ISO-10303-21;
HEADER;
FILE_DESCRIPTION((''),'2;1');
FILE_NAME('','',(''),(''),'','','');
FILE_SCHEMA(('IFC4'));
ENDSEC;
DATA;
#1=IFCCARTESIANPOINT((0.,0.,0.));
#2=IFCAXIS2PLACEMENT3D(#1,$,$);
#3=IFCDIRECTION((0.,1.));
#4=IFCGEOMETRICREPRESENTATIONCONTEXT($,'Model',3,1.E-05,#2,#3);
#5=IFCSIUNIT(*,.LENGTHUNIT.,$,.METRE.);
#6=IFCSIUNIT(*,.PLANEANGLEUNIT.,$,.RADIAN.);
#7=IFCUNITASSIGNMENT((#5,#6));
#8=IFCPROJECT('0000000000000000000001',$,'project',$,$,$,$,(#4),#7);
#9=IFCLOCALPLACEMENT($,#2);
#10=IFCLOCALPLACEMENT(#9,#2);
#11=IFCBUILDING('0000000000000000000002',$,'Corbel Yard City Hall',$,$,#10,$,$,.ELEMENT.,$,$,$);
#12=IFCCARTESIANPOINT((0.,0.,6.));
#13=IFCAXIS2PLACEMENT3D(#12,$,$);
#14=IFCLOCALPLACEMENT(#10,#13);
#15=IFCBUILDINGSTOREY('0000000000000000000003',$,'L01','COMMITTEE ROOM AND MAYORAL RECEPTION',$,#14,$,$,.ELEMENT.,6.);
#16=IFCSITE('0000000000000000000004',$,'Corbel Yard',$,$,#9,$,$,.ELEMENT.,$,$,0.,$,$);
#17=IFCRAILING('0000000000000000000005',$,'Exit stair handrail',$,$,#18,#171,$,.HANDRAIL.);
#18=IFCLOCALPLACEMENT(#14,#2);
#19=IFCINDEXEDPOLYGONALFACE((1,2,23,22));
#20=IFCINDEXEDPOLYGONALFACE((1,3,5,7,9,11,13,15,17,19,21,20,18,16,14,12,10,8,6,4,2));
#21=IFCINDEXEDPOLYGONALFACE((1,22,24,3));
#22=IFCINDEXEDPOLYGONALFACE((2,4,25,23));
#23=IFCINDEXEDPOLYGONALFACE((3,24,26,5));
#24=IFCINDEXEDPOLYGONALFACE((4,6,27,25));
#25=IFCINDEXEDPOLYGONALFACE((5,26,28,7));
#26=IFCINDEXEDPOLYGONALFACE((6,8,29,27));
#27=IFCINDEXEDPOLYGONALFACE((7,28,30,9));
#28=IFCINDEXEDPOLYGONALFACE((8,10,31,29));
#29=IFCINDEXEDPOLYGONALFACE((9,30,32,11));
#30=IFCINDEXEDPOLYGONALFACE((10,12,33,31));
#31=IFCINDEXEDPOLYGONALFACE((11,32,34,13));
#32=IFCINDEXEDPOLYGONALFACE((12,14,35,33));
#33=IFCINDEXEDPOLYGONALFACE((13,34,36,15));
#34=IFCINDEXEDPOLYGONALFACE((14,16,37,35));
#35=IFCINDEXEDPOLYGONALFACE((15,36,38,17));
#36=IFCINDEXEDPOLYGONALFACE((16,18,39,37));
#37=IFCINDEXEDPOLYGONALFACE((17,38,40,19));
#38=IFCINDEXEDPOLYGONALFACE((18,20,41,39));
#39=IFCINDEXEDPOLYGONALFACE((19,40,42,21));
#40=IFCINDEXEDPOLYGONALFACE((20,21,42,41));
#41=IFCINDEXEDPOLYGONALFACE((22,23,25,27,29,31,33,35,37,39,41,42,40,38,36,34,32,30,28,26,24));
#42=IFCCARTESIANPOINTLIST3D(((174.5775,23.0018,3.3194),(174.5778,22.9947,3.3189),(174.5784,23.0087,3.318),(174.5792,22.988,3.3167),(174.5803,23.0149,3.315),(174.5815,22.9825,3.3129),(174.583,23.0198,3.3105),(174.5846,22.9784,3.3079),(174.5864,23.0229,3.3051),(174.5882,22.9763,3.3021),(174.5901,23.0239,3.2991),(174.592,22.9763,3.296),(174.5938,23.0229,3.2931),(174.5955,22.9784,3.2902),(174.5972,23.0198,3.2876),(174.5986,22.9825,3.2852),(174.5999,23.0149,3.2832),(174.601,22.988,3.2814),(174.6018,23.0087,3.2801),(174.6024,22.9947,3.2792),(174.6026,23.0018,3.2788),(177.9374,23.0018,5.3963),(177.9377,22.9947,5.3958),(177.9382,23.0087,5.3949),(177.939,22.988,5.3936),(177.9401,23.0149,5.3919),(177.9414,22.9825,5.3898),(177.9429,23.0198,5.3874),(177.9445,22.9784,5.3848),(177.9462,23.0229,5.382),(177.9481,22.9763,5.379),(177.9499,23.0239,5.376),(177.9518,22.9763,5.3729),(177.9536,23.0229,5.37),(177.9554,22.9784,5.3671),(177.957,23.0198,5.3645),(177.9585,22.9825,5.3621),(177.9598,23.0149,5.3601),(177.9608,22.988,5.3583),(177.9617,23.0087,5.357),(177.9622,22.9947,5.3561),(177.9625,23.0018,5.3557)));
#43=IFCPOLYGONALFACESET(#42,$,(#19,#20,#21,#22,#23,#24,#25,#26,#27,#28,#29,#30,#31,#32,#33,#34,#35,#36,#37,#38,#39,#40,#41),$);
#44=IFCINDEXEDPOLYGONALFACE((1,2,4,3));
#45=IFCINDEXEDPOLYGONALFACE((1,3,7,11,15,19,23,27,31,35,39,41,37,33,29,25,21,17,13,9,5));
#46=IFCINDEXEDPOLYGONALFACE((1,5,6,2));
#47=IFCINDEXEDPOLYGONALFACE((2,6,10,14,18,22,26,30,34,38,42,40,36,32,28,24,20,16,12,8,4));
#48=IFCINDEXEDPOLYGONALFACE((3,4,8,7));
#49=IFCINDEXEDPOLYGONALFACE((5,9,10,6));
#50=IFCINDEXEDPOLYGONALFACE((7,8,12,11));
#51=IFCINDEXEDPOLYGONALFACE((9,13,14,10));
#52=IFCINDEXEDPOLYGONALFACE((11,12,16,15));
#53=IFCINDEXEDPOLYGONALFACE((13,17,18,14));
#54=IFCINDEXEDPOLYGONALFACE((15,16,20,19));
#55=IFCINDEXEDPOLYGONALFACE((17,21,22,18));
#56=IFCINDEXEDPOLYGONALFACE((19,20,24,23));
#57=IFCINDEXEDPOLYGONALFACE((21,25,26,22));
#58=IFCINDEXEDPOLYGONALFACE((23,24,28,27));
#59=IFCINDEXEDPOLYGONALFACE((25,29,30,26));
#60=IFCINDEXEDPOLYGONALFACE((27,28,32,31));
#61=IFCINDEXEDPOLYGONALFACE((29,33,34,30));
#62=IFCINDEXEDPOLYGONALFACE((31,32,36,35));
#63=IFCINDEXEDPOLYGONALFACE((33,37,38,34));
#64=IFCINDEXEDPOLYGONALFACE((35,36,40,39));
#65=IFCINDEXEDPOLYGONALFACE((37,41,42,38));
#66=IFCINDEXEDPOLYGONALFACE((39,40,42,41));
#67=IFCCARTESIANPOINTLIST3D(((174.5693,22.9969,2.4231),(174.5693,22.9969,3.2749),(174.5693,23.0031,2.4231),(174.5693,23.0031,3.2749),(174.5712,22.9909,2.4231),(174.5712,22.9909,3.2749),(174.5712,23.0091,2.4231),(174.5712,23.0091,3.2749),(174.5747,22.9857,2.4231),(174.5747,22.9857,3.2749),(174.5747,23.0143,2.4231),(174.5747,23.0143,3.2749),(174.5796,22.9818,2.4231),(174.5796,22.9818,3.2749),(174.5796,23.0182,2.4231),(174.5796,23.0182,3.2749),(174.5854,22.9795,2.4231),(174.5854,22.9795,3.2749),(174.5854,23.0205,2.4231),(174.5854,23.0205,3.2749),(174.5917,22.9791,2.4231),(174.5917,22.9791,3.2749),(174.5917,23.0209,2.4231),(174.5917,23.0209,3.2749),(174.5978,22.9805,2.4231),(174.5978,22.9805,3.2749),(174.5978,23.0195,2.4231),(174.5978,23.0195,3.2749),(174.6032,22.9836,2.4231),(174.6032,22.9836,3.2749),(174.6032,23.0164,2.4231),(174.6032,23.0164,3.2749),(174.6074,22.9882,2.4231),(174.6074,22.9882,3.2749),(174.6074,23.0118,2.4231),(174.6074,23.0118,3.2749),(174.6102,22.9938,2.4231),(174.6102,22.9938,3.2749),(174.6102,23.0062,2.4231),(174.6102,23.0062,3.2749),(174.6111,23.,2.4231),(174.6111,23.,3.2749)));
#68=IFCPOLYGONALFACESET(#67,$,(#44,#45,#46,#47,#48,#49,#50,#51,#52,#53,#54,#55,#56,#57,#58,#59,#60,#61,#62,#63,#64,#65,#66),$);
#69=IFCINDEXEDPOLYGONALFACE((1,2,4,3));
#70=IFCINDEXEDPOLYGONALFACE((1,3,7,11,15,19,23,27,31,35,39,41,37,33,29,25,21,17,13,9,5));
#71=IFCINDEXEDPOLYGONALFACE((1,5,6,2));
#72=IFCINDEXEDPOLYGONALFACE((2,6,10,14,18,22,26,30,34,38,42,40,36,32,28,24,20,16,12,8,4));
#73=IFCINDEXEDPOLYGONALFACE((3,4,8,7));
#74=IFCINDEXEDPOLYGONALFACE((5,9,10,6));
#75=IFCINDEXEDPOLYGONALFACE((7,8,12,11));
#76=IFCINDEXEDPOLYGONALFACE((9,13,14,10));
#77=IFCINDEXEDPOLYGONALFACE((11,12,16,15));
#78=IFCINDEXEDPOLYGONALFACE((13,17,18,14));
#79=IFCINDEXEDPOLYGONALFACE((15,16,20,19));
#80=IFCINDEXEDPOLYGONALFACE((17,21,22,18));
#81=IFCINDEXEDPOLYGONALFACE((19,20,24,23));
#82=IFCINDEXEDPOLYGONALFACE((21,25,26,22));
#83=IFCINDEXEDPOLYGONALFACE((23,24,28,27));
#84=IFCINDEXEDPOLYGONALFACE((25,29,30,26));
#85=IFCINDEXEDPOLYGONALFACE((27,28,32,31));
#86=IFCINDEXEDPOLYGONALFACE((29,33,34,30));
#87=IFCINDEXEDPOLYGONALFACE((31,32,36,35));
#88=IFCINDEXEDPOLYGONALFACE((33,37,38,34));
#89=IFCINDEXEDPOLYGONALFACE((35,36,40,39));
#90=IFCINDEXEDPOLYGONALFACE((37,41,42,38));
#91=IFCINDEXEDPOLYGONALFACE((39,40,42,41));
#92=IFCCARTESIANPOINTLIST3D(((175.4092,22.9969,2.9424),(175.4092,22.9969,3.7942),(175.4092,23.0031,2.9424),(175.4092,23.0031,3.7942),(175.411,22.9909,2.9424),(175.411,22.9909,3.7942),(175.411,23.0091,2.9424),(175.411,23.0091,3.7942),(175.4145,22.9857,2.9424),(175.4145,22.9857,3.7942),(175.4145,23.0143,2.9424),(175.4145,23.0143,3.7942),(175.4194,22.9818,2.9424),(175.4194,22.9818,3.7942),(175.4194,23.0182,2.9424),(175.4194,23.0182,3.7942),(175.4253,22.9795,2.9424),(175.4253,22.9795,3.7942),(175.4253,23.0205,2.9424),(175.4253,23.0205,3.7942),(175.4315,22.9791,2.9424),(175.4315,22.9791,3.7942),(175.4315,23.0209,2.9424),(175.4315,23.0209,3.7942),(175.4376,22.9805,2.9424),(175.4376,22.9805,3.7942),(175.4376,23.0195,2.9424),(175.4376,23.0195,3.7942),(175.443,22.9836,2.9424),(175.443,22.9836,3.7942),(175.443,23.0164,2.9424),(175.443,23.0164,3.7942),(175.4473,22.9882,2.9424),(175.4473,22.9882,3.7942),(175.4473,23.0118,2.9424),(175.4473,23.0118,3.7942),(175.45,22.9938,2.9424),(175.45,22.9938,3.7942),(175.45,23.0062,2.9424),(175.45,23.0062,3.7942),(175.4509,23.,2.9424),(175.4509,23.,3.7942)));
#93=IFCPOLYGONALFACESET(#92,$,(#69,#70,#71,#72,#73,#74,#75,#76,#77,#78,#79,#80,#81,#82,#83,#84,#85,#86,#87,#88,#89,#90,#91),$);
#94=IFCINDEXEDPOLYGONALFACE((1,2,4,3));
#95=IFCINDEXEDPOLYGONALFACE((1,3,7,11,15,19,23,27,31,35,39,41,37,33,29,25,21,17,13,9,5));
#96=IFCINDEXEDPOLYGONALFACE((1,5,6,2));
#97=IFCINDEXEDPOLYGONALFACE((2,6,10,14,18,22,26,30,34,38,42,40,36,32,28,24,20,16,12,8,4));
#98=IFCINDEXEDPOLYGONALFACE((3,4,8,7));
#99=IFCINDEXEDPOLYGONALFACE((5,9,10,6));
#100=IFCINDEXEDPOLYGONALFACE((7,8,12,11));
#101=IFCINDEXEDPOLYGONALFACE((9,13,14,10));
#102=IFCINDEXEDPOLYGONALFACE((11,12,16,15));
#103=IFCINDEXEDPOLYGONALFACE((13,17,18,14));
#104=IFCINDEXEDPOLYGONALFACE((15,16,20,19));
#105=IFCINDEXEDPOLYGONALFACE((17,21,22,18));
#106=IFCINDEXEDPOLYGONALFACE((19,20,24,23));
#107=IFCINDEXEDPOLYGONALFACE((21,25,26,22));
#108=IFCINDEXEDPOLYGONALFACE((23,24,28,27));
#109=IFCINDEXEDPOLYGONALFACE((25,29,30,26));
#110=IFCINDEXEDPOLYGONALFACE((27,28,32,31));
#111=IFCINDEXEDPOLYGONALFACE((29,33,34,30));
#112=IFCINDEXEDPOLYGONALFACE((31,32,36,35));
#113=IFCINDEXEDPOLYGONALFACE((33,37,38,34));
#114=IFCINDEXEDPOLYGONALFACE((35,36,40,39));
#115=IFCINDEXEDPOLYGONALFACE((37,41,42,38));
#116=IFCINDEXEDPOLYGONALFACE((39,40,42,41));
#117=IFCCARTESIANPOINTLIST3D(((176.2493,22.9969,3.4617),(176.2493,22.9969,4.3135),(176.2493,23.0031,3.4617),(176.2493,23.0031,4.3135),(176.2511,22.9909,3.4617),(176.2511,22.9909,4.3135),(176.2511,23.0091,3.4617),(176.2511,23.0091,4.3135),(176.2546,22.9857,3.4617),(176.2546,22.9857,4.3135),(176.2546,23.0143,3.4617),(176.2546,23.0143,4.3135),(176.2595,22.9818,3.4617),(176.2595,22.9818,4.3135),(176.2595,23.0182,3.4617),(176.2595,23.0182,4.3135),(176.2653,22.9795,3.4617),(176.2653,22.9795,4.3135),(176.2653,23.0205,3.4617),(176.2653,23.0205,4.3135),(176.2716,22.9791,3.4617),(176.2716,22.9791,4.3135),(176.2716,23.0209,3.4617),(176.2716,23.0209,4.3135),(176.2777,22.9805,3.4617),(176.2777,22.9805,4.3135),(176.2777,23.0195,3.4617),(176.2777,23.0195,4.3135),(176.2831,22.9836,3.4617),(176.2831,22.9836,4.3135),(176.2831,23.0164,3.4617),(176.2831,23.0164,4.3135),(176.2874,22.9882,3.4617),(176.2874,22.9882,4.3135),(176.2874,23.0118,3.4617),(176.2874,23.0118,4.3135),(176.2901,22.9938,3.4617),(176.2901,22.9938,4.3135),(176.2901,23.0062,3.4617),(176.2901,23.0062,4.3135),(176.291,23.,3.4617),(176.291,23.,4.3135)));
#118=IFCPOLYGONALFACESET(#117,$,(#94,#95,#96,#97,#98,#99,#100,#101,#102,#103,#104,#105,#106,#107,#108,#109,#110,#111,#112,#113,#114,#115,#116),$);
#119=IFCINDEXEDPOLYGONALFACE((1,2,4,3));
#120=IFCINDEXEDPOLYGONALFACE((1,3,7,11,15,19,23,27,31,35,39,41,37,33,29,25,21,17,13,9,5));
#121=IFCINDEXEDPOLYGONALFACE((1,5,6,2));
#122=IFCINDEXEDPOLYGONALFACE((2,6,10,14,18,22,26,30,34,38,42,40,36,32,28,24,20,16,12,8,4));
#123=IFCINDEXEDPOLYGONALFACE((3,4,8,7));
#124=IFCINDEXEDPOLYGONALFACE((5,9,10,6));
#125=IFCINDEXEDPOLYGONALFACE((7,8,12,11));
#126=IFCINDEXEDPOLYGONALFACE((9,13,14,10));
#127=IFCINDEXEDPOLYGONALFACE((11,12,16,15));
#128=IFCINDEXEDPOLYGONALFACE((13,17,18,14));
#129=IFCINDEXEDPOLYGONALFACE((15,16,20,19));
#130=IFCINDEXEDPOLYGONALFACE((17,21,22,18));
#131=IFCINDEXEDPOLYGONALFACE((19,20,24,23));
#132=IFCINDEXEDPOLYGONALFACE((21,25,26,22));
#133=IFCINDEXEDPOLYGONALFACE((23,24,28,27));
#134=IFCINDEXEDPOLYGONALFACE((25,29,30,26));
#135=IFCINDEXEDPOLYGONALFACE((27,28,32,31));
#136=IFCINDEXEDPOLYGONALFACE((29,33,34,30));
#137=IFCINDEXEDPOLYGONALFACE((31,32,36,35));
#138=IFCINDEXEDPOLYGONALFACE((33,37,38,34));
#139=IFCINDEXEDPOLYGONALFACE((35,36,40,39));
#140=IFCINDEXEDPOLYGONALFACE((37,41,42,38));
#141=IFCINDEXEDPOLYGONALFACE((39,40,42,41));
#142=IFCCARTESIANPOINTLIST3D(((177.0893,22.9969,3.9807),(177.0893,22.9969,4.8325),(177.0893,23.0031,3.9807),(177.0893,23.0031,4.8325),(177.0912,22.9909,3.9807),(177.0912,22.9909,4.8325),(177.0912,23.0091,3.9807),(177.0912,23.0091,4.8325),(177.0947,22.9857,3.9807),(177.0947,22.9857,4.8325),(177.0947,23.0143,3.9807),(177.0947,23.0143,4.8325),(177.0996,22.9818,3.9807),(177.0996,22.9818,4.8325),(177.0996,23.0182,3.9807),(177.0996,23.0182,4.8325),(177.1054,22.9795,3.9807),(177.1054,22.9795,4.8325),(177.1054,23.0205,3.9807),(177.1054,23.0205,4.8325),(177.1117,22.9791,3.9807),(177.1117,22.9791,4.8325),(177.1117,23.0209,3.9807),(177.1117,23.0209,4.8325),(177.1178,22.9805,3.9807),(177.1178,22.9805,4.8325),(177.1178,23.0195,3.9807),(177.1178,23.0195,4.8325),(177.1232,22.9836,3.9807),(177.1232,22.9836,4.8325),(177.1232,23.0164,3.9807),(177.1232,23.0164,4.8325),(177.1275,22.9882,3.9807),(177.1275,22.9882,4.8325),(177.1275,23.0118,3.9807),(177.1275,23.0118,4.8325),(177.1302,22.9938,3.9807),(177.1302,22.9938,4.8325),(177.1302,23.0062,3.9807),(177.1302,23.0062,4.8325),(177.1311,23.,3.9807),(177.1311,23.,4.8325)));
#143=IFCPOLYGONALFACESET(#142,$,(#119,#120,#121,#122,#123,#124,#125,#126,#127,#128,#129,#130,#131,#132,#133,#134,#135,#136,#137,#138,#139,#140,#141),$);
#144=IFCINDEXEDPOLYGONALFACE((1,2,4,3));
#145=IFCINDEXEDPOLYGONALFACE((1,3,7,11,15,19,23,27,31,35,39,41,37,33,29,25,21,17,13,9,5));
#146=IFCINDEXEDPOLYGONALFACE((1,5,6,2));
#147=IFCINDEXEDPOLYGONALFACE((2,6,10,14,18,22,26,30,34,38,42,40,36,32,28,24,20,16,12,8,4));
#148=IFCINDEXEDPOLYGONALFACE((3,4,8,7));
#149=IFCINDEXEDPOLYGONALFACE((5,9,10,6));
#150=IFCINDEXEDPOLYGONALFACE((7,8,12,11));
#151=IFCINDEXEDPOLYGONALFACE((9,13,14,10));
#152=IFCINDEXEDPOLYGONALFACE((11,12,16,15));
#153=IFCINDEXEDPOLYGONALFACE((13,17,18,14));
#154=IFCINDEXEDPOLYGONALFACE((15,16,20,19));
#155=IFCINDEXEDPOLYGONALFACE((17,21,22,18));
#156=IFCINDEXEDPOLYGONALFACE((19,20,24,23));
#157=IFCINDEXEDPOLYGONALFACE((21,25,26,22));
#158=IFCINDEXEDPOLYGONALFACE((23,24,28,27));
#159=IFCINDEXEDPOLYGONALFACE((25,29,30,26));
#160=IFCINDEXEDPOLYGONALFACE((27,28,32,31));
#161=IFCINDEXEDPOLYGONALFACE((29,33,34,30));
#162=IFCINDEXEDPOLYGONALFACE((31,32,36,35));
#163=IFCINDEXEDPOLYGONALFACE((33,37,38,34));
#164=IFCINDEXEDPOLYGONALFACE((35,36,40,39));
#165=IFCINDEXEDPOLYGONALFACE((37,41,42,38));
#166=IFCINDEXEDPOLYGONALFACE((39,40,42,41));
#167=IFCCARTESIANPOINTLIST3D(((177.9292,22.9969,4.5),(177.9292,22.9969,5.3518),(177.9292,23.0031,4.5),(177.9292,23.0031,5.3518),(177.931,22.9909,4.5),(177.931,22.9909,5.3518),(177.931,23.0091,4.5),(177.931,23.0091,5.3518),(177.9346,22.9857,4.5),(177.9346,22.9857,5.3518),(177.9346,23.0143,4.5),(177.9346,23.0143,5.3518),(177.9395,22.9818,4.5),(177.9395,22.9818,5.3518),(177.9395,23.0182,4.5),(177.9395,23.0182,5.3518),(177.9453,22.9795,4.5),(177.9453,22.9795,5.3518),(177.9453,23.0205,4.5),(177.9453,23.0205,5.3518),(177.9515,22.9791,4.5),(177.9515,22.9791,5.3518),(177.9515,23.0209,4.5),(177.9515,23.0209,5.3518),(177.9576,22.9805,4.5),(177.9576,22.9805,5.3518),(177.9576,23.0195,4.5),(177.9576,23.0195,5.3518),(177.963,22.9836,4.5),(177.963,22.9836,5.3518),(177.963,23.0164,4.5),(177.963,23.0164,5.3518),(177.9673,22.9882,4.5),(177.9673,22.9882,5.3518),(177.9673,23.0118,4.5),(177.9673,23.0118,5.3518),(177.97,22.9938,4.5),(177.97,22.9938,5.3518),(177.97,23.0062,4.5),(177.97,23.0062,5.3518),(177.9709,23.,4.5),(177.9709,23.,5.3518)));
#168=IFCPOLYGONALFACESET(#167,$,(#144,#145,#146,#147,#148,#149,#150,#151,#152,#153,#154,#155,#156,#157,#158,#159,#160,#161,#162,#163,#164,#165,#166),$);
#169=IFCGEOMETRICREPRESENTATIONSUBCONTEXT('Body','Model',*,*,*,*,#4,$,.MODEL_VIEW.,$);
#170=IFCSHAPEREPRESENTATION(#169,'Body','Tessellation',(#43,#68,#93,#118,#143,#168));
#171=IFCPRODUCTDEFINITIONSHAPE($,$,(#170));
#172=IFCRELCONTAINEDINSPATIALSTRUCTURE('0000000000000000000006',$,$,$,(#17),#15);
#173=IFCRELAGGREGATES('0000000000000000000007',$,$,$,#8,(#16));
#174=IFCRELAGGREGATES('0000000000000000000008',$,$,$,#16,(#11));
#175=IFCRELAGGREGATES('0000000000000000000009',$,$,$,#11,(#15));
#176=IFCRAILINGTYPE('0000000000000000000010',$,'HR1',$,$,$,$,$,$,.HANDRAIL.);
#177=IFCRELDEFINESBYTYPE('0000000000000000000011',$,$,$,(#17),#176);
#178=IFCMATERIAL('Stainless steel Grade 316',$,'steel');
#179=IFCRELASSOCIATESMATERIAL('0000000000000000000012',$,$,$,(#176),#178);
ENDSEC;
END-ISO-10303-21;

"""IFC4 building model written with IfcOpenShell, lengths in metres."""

from ifc_helpers import new_model, si_unit, direction, frame, origin, origin_2d, place, context, subcontext, project, spatial, circle, extrude, material, type_object, element, save


model = new_model("IFC4")

# Units and contexts
model_context = context("Model", 3, precision=1e-05, world=origin(), true_north=direction((0.0, 1.0)))
body_context = subcontext(model_context, "Body", "Model", "MODEL_VIEW")
ifc_project = project(units=[si_unit("LENGTHUNIT", "METRE"), si_unit("PLANEANGLEUNIT", "RADIAN")], contexts=[model_context])

# Site, building, storey
site_placement = place(None, origin())
site = spatial("IfcSite", under=ifc_project, at=site_placement, Name="Corbel Yard", CompositionType="ELEMENT", RefElevation=0.0)
building_placement = place(site_placement, origin())
building = spatial("IfcBuilding", under=site, at=building_placement, Name="Corbel Yard City Hall", CompositionType="ELEMENT")
storey_placement = place(building_placement, frame((0.0, 0.0, 6.0)))
storey = spatial("IfcBuildingStorey", under=building, at=storey_placement, Name="L01", Description="COMMITTEE ROOM AND MAYORAL RECEPTION", CompositionType="ELEMENT", Elevation=6.0)

# Shared definitions
ifc_material_1 = material(Name="Stainless steel Grade 316", Category="steel")

# Railing
railing_type_1 = type_object("IfcRailingType", Name="HR1", PredefinedType="HANDRAIL", material=ifc_material_1)
for number, where, name in (
    (1, (174.5901, 23.0, 2.4231), "Exit stair handrail"),
):
    element("IfcRailing", number, at=place(storey_placement, frame(where)), inside=storey, type_object=railing_type_1, Name=name, PredefinedType="HANDRAIL", context=body_context, shape_type="SweptSolid", body=[
        extrude(circle(Radius=0.0239, at=origin_2d()), frame((0.0, 0.0, 0.876), z_axis=(0.850606, 0.0, 0.525803), x_axis=(0.0, 1.0, 0.0)), (0.0, 0.0, 1.0), 3.95),
        extrude(circle(Radius=0.021, at=origin_2d()), origin(), (0.0, 0.0, 1.0), 0.8518),
        extrude(circle(Radius=0.021, at=origin_2d()), frame((0.8398, 0.0, 0.5193)), (0.0, 0.0, 1.0), 0.8518),
        extrude(circle(Radius=0.021, at=origin_2d()), frame((1.6799, 0.0, 1.0386)), (0.0, 0.0, 1.0), 0.8518),
        extrude(circle(Radius=0.021, at=origin_2d()), frame((2.52, 0.0, 1.5576)), (0.0, 0.0, 1.0), 0.8518),
        extrude(circle(Radius=0.021, at=origin_2d()), frame((3.3599, 0.0, 2.0769)), (0.0, 0.0, 1.0), 0.8518),
    ])

save(model, "model.ifc")
